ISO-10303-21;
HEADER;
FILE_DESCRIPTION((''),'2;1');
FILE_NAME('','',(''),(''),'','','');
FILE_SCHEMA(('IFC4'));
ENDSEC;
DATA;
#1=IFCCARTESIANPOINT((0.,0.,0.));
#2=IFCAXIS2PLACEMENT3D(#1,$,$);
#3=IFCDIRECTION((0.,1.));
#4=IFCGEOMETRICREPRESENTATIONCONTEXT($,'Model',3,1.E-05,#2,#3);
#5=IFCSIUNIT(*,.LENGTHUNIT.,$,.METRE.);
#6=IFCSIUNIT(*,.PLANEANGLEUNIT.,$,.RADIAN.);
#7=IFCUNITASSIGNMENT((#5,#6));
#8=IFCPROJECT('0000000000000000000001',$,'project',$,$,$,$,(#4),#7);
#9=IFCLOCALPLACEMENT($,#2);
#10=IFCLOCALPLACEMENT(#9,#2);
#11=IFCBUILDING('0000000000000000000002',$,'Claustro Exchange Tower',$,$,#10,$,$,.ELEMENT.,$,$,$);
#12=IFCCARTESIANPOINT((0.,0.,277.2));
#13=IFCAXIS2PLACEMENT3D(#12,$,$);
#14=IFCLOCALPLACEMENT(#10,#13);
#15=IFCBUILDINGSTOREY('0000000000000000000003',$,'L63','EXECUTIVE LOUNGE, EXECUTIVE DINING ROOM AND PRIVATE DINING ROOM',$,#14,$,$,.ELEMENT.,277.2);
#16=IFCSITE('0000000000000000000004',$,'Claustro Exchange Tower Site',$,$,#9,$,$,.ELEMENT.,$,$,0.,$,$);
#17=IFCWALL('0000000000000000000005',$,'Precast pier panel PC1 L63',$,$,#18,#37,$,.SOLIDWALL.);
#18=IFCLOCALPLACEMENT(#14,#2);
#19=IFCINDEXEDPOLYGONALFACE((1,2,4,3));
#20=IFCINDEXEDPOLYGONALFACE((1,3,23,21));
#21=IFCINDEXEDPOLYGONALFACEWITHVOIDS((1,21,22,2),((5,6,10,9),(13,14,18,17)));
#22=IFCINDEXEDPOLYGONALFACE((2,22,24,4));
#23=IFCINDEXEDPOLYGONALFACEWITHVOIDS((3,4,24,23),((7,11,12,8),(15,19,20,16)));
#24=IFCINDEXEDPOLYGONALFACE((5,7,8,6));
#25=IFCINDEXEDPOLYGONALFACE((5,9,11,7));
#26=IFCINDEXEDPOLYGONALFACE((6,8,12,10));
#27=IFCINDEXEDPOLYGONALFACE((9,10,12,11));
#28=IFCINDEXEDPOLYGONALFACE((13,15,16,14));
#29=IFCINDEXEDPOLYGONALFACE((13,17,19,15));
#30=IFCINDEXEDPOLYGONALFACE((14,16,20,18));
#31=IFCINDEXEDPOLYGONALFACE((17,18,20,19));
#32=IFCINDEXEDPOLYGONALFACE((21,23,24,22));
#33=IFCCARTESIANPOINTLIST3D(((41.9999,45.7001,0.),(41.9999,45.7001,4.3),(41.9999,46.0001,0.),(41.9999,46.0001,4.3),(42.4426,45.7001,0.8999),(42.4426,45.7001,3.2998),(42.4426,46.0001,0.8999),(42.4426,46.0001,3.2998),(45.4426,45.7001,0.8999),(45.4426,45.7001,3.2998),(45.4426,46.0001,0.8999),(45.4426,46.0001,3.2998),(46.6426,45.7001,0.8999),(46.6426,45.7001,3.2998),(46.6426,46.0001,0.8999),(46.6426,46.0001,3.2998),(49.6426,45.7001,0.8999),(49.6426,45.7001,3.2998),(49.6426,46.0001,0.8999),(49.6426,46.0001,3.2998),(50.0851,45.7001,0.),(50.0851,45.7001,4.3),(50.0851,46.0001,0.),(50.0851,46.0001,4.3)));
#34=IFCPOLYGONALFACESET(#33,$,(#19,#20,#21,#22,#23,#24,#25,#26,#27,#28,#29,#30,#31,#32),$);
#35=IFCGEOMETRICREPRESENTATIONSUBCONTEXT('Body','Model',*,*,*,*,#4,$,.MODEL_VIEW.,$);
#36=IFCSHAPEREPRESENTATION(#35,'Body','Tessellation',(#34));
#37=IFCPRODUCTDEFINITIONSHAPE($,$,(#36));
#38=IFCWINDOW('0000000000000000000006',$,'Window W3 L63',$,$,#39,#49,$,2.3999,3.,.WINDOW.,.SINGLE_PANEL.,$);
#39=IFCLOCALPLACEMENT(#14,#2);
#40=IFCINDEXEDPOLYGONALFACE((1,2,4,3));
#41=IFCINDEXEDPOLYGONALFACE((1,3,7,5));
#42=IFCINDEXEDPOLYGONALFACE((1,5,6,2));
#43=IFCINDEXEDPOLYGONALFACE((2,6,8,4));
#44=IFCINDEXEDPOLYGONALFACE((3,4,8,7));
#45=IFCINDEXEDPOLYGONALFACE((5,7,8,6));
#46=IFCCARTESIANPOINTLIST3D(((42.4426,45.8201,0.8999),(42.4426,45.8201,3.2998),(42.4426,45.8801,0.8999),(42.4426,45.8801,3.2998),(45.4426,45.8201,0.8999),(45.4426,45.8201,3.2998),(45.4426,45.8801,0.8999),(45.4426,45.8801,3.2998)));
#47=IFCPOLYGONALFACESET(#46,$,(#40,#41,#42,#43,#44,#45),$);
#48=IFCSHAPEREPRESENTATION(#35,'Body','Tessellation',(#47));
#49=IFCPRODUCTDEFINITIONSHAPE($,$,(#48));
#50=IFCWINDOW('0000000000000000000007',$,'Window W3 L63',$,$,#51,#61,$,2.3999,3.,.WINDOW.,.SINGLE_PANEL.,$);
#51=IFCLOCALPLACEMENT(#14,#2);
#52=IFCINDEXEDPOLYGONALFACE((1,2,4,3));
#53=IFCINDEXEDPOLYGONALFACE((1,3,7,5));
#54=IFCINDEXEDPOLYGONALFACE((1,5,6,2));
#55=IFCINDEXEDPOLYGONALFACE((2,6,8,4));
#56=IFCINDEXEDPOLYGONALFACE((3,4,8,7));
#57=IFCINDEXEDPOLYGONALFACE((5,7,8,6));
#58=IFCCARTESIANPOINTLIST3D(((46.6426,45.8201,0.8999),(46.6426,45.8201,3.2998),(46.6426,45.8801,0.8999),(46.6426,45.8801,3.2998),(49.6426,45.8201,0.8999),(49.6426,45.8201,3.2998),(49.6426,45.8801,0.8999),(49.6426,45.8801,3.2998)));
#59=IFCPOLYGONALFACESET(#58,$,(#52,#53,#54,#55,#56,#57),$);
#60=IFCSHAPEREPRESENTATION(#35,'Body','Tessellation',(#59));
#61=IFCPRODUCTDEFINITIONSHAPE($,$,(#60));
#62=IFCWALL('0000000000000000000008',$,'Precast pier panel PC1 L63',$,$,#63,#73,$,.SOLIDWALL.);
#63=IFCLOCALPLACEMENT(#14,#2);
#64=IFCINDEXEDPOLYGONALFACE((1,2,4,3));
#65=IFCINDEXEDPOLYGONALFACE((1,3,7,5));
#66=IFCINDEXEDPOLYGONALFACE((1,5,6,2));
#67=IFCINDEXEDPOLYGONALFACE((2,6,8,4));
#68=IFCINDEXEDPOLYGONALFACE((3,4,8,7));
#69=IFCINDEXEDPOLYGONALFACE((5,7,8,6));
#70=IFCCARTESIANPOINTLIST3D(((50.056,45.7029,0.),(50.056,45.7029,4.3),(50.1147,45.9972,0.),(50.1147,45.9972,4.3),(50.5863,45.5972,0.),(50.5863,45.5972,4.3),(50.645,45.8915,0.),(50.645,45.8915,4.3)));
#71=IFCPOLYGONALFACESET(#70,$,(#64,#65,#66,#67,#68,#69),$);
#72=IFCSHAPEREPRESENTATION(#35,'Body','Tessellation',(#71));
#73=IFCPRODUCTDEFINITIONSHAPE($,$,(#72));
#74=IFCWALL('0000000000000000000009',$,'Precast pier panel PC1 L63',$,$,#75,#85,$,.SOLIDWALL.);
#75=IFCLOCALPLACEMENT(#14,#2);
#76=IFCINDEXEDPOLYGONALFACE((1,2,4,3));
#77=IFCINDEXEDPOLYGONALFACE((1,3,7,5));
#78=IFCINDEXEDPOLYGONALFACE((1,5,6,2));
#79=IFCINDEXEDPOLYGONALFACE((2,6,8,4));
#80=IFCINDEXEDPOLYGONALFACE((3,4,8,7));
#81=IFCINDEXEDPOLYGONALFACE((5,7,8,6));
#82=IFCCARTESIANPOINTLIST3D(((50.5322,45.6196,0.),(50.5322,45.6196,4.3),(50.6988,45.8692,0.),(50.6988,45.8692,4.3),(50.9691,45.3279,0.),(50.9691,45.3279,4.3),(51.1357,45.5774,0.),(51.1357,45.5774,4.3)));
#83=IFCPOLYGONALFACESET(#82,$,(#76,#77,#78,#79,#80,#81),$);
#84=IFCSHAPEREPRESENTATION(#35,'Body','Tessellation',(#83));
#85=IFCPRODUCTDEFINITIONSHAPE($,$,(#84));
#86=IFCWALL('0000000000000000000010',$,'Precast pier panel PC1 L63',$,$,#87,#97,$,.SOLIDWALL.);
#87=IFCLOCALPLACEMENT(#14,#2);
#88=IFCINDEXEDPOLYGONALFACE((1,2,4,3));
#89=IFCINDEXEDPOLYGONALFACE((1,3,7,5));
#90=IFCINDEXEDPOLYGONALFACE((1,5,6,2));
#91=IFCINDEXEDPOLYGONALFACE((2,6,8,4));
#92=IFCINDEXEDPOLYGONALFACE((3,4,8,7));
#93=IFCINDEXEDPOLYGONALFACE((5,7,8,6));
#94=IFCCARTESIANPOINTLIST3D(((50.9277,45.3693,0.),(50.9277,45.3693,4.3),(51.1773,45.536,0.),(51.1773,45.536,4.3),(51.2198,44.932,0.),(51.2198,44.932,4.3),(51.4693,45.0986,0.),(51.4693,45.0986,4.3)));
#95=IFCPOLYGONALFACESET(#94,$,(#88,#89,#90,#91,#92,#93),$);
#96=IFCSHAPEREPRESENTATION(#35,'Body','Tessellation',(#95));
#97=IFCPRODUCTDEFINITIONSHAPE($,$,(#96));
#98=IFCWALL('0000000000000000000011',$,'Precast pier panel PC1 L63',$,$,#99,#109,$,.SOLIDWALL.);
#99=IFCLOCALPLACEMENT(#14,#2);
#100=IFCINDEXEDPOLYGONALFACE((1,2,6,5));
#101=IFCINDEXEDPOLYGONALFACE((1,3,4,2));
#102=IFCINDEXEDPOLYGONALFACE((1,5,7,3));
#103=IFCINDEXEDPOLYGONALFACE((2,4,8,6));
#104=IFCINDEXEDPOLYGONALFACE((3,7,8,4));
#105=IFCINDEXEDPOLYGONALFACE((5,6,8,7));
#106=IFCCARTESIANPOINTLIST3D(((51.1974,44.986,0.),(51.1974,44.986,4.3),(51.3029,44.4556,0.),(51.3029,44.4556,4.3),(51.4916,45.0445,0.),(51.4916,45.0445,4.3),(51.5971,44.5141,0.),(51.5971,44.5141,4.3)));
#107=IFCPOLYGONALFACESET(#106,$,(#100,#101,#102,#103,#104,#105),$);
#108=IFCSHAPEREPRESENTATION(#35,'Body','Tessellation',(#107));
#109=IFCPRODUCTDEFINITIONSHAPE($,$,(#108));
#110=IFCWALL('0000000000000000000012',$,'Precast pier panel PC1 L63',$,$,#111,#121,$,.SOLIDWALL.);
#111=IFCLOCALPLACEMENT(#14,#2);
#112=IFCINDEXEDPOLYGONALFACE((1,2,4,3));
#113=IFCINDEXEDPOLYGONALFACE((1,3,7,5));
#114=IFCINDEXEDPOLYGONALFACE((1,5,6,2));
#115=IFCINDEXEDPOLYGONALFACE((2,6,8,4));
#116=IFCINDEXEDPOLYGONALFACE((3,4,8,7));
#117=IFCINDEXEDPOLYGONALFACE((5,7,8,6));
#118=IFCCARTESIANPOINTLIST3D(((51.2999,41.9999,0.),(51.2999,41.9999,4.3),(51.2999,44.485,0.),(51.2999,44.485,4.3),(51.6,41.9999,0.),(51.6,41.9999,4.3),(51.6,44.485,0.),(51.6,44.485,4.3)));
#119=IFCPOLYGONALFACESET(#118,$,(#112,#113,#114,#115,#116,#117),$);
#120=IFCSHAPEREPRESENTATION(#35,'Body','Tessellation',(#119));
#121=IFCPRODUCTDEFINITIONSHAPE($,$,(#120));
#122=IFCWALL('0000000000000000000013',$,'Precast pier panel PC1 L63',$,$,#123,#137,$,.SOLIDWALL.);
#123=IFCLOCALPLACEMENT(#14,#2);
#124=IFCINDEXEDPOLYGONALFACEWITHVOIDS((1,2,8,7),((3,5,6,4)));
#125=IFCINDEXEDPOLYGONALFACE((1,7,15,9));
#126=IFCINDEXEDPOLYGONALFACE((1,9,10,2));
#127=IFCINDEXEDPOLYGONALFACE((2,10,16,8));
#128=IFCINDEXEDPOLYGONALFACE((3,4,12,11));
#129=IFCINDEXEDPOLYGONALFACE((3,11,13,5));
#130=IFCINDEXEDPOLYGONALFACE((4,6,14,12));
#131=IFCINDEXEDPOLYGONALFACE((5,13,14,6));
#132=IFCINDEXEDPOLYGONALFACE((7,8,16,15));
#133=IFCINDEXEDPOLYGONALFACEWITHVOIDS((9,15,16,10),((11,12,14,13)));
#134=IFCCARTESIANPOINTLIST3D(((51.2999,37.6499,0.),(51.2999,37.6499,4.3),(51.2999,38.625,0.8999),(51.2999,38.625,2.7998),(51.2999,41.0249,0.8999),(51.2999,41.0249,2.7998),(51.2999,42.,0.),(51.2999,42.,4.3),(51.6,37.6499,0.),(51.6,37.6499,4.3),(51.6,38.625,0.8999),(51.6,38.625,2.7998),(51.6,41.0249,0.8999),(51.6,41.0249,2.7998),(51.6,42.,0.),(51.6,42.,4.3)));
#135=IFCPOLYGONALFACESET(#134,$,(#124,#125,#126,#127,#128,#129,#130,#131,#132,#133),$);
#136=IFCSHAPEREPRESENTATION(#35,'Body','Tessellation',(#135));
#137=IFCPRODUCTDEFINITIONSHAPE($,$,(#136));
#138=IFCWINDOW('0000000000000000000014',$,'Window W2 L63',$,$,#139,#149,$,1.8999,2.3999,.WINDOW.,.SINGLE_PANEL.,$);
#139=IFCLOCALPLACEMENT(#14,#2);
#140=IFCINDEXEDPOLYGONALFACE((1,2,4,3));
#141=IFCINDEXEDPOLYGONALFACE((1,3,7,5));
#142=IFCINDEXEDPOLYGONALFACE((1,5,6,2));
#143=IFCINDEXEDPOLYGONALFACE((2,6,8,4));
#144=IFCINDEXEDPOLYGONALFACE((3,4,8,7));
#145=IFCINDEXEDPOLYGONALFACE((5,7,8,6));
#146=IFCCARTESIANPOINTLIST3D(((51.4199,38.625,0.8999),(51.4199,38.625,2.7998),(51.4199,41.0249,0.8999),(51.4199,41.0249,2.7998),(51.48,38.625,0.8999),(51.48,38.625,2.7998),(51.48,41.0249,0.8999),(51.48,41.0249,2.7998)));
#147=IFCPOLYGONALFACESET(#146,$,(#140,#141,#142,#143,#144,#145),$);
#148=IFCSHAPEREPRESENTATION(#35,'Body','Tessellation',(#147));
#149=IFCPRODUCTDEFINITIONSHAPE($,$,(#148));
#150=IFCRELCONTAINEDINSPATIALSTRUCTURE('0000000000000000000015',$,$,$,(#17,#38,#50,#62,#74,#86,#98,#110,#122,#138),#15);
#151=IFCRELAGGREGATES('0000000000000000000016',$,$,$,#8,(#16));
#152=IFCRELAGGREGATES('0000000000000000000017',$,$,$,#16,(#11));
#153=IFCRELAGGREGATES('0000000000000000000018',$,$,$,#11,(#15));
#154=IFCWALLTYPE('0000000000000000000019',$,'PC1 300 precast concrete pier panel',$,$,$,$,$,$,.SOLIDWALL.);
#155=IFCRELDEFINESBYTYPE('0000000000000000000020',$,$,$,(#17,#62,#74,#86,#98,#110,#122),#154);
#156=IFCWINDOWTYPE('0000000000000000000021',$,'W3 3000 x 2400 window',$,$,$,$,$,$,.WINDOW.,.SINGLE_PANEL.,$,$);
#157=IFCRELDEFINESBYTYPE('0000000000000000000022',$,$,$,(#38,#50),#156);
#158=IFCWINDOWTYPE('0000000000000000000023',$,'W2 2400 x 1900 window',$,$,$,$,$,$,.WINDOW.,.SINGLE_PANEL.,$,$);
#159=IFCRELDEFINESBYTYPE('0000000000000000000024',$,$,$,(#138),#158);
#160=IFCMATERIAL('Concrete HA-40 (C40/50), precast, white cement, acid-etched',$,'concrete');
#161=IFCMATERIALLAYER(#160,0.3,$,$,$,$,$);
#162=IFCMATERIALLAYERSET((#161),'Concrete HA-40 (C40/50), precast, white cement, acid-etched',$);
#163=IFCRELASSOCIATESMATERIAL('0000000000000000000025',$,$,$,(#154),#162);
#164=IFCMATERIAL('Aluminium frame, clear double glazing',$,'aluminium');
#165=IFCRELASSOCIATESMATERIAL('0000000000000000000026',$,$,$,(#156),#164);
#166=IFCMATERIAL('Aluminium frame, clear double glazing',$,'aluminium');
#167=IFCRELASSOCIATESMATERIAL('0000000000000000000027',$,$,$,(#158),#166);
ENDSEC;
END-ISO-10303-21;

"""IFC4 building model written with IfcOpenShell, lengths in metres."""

from ifc_helpers import new_model, si_unit, direction, frame, frame_2d, origin, place, context, subcontext, project, spatial, rectangle, extrude, material, layer, layer_set, type_object, element, fill, save


model = new_model("IFC4")

# Units and contexts
model_context = context("Model", 3, precision=1e-05, world=origin(), true_north=direction((0.0, 1.0)))
body_context = subcontext(model_context, "Body", "Model", "MODEL_VIEW")
ifc_project = project(units=[si_unit("LENGTHUNIT", "METRE"), si_unit("PLANEANGLEUNIT", "RADIAN")], contexts=[model_context])

# Site, building, storey
site_placement = place(None, origin())
site = spatial("IfcSite", under=ifc_project, at=site_placement, Name="Claustro Exchange Tower Site", CompositionType="ELEMENT", RefElevation=0.0)
building_placement = place(site_placement, origin())
building = spatial("IfcBuilding", under=site, at=building_placement, Name="Claustro Exchange Tower", CompositionType="ELEMENT")
storey_placement = place(building_placement, frame((0.0, 0.0, 277.2)))
storey = spatial("IfcBuildingStorey", under=building, at=storey_placement, Name="L63", Description="EXECUTIVE LOUNGE, EXECUTIVE DINING ROOM AND PRIVATE DINING ROOM", CompositionType="ELEMENT", Elevation=277.2)

# Wall, openings, windows
ifc_material_1 = material(Name="Concrete HA-40 (C40/50), precast, white cement, acid-etched", Category="concrete")
ifc_layer_1 = layer(ifc_material_1, 0.3)
ifc_layer_set_1 = layer_set([ifc_layer_1], Name="Concrete HA-40 (C40/50), precast, white cement, acid-etched")
wall_type_1 = type_object("IfcWallType", Name="PC1 300 precast concrete pier panel", PredefinedType="SOLIDWALL", material=ifc_layer_set_1)
wall_1_placement = place(storey_placement, frame((42.0, 45.8501, 0.0), z_axis=(0.0, 0.0, 1.0), x_axis=(1.0, 0.0, 0.0)))
wall_1 = element("IfcWall", 1, at=wall_1_placement, inside=storey, type_object=wall_type_1, Name="Precast pier panel PC1 L63", PredefinedType="SOLIDWALL", context=body_context, shape_type="SweptSolid", body=[
    extrude(rectangle(XDim=8.0852, YDim=0.3, at=frame_2d((4.0425, 0.0))), origin(), (0.0, 0.0, 1.0), 4.3),
])
opening_1_placement = place(wall_1_placement, frame((0.4426, 0.0, 0.8999)))
opening_1 = element("IfcOpeningElement", 2, at=opening_1_placement, cuts=wall_1, PredefinedType="OPENING", context=body_context, shape_type="SweptSolid", body=[
    extrude(rectangle(XDim=3.0, YDim=2.3999, at=frame_2d((1.5, 1.2))), frame((0.0, 0.1599, 0.0), z_axis=(0.0, -1.0, 0.0), x_axis=(1.0, 0.0, 0.0)), (0.0, 0.0, 1.0), 0.3201),
])
opening_2_placement = place(wall_1_placement, frame((4.6426, 0.0, 0.8999)))
opening_2 = element("IfcOpeningElement", 3, at=opening_2_placement, cuts=wall_1, PredefinedType="OPENING", context=body_context, shape_type="SweptSolid", body=[
    extrude(rectangle(XDim=3.0, YDim=2.3999, at=frame_2d((1.5, 1.2))), frame((0.0, 0.1599, 0.0), z_axis=(0.0, -1.0, 0.0), x_axis=(1.0, 0.0, 0.0)), (0.0, 0.0, 1.0), 0.3201),
])
ifc_material_2 = material(Name="Aluminium frame, clear double glazing", Category="aluminium")
window_type_1 = type_object("IfcWindowType", Name="W3 3000 x 2400 window", PartitioningType="SINGLE_PANEL", PredefinedType="WINDOW", material=ifc_material_2)
window_1_placement = place(opening_1_placement, origin())
window_1 = element("IfcWindow", 4, at=window_1_placement, inside=storey, type_object=window_type_1, Name="Window W3 L63", OverallHeight=2.3999, OverallWidth=3.0, PartitioningType="SINGLE_PANEL", PredefinedType="WINDOW", context=body_context, shape_type="SweptSolid", body=[
    extrude(rectangle(XDim=3.0, YDim=2.3999, at=frame_2d((1.5, 1.2))), frame((0.0, 0.03, 0.0), z_axis=(0.0, -1.0, 0.0), x_axis=(1.0, 0.0, 0.0)), (0.0, 0.0, 1.0), 0.0601),
])
fill(opening_1, window_1)
window_2_placement = place(opening_2_placement, origin())
window_2 = element("IfcWindow", 5, at=window_2_placement, inside=storey, type_object=window_type_1, Name="Window W3 L63", OverallHeight=2.3999, OverallWidth=3.0, PartitioningType="SINGLE_PANEL", PredefinedType="WINDOW", context=body_context, shape_type="SweptSolid", body=[
    extrude(rectangle(XDim=3.0, YDim=2.3999, at=frame_2d((1.5, 1.2))), frame((0.0, 0.03, 0.0), z_axis=(0.0, -1.0, 0.0), x_axis=(1.0, 0.0, 0.0)), (0.0, 0.0, 1.0), 0.0601),
])
fill(opening_2, window_2)

# Walls
wall_2_placement = place(storey_placement, frame((50.0852, 45.8501, 0.0), z_axis=(0.0, 0.0, 1.0), x_axis=(0.980702, -0.195508, 0.0)))
element("IfcWall", 6, at=wall_2_placement, inside=storey, type_object=wall_type_1, Name="Precast pier panel PC1 L63", PredefinedType="SOLIDWALL", context=body_context, shape_type="SweptSolid", body=[
    extrude(rectangle(XDim=0.5408, YDim=0.3, at=frame_2d((0.2705, 0.0))), origin(), (0.0, 0.0, 1.0), 4.3),
])
wall_3_placement = place(storey_placement, frame((50.6155, 45.7444, 0.0), z_axis=(0.0, 0.0, 1.0), x_axis=(0.831693, -0.555236, 0.0)))
element("IfcWall", 7, at=wall_3_placement, inside=storey, type_object=wall_type_1, Name="Precast pier panel PC1 L63", PredefinedType="SOLIDWALL", context=body_context, shape_type="SweptSolid", body=[
    extrude(rectangle(XDim=0.5254, YDim=0.3, at=frame_2d((0.2627, 0.0))), origin(), (0.0, 0.0, 1.0), 4.3),
])
wall_4_placement = place(storey_placement, frame((51.0525, 45.4526, 0.0), z_axis=(0.0, 0.0, 1.0), x_axis=(0.555343, -0.831621, 0.0)))
element("IfcWall", 8, at=wall_4_placement, inside=storey, type_object=wall_type_1, Name="Precast pier panel PC1 L63", PredefinedType="SOLIDWALL", context=body_context, shape_type="SweptSolid", body=[
    extrude(rectangle(XDim=0.5259, YDim=0.3, at=frame_2d((0.2629, 0.0))), origin(), (0.0, 0.0, 1.0), 4.3),
])
wall_5_placement = place(storey_placement, frame((51.3445, 45.0154, 0.0), z_axis=(0.0, 0.0, 1.0), x_axis=(0.195074, -0.980789, 0.0)))
element("IfcWall", 9, at=wall_5_placement, inside=storey, type_object=wall_type_1, Name="Precast pier panel PC1 L63", PredefinedType="SOLIDWALL", context=body_context, shape_type="SweptSolid", body=[
    extrude(rectangle(XDim=0.5408, YDim=0.3, at=frame_2d((0.2705, 0.0))), origin(), (0.0, 0.0, 1.0), 4.3),
])
wall_6_placement = place(storey_placement, frame((51.45, 44.4851, 0.0), z_axis=(0.0, 0.0, 1.0), x_axis=(0.0, -1.0, 0.0)))
element("IfcWall", 10, at=wall_6_placement, inside=storey, type_object=wall_type_1, Name="Precast pier panel PC1 L63", PredefinedType="SOLIDWALL", context=body_context, shape_type="SweptSolid", body=[
    extrude(rectangle(XDim=2.4851, YDim=0.3, at=frame_2d((1.2427, 0.0))), origin(), (0.0, 0.0, 1.0), 4.3),
])

# Wall, opening, window
wall_7_placement = place(storey_placement, frame((51.45, 42.0, 0.0), z_axis=(0.0, 0.0, 1.0), x_axis=(0.0, -1.0, 0.0)))
wall_7 = element("IfcWall", 11, at=wall_7_placement, inside=storey, type_object=wall_type_1, Name="Precast pier panel PC1 L63", PredefinedType="SOLIDWALL", context=body_context, shape_type="SweptSolid", body=[
    extrude(rectangle(XDim=4.3501, YDim=0.3, at=frame_2d((2.175, 0.0))), origin(), (0.0, 0.0, 1.0), 4.3),
])
opening_3_placement = place(wall_7_placement, frame((0.9751, 0.0, 0.8999)))
opening_3 = element("IfcOpeningElement", 12, at=opening_3_placement, cuts=wall_7, PredefinedType="OPENING", context=body_context, shape_type="SweptSolid", body=[
    extrude(rectangle(XDim=2.3999, YDim=1.8999, at=frame_2d((1.2, 0.95))), frame((0.0, 0.1599, 0.0), z_axis=(0.0, -1.0, 0.0), x_axis=(1.0, 0.0, 0.0)), (0.0, 0.0, 1.0), 0.3201),
])
ifc_material_3 = material(Name="Aluminium frame, clear double glazing", Category="aluminium")
window_type_2 = type_object("IfcWindowType", Name="W2 2400 x 1900 window", PartitioningType="SINGLE_PANEL", PredefinedType="WINDOW", material=ifc_material_3)
window_3_placement = place(opening_3_placement, origin())
window_3 = element("IfcWindow", 13, at=window_3_placement, inside=storey, type_object=window_type_2, Name="Window W2 L63", OverallHeight=1.8999, OverallWidth=2.3999, PartitioningType="SINGLE_PANEL", PredefinedType="WINDOW", context=body_context, shape_type="SweptSolid", body=[
    extrude(rectangle(XDim=2.3999, YDim=1.8999, at=frame_2d((1.2, 0.95))), frame((0.0, 0.03, 0.0), z_axis=(0.0, -1.0, 0.0), x_axis=(1.0, 0.0, 0.0)), (0.0, 0.0, 1.0), 0.0601),
])
fill(opening_3, window_3)

save(model, "model.ifc")
